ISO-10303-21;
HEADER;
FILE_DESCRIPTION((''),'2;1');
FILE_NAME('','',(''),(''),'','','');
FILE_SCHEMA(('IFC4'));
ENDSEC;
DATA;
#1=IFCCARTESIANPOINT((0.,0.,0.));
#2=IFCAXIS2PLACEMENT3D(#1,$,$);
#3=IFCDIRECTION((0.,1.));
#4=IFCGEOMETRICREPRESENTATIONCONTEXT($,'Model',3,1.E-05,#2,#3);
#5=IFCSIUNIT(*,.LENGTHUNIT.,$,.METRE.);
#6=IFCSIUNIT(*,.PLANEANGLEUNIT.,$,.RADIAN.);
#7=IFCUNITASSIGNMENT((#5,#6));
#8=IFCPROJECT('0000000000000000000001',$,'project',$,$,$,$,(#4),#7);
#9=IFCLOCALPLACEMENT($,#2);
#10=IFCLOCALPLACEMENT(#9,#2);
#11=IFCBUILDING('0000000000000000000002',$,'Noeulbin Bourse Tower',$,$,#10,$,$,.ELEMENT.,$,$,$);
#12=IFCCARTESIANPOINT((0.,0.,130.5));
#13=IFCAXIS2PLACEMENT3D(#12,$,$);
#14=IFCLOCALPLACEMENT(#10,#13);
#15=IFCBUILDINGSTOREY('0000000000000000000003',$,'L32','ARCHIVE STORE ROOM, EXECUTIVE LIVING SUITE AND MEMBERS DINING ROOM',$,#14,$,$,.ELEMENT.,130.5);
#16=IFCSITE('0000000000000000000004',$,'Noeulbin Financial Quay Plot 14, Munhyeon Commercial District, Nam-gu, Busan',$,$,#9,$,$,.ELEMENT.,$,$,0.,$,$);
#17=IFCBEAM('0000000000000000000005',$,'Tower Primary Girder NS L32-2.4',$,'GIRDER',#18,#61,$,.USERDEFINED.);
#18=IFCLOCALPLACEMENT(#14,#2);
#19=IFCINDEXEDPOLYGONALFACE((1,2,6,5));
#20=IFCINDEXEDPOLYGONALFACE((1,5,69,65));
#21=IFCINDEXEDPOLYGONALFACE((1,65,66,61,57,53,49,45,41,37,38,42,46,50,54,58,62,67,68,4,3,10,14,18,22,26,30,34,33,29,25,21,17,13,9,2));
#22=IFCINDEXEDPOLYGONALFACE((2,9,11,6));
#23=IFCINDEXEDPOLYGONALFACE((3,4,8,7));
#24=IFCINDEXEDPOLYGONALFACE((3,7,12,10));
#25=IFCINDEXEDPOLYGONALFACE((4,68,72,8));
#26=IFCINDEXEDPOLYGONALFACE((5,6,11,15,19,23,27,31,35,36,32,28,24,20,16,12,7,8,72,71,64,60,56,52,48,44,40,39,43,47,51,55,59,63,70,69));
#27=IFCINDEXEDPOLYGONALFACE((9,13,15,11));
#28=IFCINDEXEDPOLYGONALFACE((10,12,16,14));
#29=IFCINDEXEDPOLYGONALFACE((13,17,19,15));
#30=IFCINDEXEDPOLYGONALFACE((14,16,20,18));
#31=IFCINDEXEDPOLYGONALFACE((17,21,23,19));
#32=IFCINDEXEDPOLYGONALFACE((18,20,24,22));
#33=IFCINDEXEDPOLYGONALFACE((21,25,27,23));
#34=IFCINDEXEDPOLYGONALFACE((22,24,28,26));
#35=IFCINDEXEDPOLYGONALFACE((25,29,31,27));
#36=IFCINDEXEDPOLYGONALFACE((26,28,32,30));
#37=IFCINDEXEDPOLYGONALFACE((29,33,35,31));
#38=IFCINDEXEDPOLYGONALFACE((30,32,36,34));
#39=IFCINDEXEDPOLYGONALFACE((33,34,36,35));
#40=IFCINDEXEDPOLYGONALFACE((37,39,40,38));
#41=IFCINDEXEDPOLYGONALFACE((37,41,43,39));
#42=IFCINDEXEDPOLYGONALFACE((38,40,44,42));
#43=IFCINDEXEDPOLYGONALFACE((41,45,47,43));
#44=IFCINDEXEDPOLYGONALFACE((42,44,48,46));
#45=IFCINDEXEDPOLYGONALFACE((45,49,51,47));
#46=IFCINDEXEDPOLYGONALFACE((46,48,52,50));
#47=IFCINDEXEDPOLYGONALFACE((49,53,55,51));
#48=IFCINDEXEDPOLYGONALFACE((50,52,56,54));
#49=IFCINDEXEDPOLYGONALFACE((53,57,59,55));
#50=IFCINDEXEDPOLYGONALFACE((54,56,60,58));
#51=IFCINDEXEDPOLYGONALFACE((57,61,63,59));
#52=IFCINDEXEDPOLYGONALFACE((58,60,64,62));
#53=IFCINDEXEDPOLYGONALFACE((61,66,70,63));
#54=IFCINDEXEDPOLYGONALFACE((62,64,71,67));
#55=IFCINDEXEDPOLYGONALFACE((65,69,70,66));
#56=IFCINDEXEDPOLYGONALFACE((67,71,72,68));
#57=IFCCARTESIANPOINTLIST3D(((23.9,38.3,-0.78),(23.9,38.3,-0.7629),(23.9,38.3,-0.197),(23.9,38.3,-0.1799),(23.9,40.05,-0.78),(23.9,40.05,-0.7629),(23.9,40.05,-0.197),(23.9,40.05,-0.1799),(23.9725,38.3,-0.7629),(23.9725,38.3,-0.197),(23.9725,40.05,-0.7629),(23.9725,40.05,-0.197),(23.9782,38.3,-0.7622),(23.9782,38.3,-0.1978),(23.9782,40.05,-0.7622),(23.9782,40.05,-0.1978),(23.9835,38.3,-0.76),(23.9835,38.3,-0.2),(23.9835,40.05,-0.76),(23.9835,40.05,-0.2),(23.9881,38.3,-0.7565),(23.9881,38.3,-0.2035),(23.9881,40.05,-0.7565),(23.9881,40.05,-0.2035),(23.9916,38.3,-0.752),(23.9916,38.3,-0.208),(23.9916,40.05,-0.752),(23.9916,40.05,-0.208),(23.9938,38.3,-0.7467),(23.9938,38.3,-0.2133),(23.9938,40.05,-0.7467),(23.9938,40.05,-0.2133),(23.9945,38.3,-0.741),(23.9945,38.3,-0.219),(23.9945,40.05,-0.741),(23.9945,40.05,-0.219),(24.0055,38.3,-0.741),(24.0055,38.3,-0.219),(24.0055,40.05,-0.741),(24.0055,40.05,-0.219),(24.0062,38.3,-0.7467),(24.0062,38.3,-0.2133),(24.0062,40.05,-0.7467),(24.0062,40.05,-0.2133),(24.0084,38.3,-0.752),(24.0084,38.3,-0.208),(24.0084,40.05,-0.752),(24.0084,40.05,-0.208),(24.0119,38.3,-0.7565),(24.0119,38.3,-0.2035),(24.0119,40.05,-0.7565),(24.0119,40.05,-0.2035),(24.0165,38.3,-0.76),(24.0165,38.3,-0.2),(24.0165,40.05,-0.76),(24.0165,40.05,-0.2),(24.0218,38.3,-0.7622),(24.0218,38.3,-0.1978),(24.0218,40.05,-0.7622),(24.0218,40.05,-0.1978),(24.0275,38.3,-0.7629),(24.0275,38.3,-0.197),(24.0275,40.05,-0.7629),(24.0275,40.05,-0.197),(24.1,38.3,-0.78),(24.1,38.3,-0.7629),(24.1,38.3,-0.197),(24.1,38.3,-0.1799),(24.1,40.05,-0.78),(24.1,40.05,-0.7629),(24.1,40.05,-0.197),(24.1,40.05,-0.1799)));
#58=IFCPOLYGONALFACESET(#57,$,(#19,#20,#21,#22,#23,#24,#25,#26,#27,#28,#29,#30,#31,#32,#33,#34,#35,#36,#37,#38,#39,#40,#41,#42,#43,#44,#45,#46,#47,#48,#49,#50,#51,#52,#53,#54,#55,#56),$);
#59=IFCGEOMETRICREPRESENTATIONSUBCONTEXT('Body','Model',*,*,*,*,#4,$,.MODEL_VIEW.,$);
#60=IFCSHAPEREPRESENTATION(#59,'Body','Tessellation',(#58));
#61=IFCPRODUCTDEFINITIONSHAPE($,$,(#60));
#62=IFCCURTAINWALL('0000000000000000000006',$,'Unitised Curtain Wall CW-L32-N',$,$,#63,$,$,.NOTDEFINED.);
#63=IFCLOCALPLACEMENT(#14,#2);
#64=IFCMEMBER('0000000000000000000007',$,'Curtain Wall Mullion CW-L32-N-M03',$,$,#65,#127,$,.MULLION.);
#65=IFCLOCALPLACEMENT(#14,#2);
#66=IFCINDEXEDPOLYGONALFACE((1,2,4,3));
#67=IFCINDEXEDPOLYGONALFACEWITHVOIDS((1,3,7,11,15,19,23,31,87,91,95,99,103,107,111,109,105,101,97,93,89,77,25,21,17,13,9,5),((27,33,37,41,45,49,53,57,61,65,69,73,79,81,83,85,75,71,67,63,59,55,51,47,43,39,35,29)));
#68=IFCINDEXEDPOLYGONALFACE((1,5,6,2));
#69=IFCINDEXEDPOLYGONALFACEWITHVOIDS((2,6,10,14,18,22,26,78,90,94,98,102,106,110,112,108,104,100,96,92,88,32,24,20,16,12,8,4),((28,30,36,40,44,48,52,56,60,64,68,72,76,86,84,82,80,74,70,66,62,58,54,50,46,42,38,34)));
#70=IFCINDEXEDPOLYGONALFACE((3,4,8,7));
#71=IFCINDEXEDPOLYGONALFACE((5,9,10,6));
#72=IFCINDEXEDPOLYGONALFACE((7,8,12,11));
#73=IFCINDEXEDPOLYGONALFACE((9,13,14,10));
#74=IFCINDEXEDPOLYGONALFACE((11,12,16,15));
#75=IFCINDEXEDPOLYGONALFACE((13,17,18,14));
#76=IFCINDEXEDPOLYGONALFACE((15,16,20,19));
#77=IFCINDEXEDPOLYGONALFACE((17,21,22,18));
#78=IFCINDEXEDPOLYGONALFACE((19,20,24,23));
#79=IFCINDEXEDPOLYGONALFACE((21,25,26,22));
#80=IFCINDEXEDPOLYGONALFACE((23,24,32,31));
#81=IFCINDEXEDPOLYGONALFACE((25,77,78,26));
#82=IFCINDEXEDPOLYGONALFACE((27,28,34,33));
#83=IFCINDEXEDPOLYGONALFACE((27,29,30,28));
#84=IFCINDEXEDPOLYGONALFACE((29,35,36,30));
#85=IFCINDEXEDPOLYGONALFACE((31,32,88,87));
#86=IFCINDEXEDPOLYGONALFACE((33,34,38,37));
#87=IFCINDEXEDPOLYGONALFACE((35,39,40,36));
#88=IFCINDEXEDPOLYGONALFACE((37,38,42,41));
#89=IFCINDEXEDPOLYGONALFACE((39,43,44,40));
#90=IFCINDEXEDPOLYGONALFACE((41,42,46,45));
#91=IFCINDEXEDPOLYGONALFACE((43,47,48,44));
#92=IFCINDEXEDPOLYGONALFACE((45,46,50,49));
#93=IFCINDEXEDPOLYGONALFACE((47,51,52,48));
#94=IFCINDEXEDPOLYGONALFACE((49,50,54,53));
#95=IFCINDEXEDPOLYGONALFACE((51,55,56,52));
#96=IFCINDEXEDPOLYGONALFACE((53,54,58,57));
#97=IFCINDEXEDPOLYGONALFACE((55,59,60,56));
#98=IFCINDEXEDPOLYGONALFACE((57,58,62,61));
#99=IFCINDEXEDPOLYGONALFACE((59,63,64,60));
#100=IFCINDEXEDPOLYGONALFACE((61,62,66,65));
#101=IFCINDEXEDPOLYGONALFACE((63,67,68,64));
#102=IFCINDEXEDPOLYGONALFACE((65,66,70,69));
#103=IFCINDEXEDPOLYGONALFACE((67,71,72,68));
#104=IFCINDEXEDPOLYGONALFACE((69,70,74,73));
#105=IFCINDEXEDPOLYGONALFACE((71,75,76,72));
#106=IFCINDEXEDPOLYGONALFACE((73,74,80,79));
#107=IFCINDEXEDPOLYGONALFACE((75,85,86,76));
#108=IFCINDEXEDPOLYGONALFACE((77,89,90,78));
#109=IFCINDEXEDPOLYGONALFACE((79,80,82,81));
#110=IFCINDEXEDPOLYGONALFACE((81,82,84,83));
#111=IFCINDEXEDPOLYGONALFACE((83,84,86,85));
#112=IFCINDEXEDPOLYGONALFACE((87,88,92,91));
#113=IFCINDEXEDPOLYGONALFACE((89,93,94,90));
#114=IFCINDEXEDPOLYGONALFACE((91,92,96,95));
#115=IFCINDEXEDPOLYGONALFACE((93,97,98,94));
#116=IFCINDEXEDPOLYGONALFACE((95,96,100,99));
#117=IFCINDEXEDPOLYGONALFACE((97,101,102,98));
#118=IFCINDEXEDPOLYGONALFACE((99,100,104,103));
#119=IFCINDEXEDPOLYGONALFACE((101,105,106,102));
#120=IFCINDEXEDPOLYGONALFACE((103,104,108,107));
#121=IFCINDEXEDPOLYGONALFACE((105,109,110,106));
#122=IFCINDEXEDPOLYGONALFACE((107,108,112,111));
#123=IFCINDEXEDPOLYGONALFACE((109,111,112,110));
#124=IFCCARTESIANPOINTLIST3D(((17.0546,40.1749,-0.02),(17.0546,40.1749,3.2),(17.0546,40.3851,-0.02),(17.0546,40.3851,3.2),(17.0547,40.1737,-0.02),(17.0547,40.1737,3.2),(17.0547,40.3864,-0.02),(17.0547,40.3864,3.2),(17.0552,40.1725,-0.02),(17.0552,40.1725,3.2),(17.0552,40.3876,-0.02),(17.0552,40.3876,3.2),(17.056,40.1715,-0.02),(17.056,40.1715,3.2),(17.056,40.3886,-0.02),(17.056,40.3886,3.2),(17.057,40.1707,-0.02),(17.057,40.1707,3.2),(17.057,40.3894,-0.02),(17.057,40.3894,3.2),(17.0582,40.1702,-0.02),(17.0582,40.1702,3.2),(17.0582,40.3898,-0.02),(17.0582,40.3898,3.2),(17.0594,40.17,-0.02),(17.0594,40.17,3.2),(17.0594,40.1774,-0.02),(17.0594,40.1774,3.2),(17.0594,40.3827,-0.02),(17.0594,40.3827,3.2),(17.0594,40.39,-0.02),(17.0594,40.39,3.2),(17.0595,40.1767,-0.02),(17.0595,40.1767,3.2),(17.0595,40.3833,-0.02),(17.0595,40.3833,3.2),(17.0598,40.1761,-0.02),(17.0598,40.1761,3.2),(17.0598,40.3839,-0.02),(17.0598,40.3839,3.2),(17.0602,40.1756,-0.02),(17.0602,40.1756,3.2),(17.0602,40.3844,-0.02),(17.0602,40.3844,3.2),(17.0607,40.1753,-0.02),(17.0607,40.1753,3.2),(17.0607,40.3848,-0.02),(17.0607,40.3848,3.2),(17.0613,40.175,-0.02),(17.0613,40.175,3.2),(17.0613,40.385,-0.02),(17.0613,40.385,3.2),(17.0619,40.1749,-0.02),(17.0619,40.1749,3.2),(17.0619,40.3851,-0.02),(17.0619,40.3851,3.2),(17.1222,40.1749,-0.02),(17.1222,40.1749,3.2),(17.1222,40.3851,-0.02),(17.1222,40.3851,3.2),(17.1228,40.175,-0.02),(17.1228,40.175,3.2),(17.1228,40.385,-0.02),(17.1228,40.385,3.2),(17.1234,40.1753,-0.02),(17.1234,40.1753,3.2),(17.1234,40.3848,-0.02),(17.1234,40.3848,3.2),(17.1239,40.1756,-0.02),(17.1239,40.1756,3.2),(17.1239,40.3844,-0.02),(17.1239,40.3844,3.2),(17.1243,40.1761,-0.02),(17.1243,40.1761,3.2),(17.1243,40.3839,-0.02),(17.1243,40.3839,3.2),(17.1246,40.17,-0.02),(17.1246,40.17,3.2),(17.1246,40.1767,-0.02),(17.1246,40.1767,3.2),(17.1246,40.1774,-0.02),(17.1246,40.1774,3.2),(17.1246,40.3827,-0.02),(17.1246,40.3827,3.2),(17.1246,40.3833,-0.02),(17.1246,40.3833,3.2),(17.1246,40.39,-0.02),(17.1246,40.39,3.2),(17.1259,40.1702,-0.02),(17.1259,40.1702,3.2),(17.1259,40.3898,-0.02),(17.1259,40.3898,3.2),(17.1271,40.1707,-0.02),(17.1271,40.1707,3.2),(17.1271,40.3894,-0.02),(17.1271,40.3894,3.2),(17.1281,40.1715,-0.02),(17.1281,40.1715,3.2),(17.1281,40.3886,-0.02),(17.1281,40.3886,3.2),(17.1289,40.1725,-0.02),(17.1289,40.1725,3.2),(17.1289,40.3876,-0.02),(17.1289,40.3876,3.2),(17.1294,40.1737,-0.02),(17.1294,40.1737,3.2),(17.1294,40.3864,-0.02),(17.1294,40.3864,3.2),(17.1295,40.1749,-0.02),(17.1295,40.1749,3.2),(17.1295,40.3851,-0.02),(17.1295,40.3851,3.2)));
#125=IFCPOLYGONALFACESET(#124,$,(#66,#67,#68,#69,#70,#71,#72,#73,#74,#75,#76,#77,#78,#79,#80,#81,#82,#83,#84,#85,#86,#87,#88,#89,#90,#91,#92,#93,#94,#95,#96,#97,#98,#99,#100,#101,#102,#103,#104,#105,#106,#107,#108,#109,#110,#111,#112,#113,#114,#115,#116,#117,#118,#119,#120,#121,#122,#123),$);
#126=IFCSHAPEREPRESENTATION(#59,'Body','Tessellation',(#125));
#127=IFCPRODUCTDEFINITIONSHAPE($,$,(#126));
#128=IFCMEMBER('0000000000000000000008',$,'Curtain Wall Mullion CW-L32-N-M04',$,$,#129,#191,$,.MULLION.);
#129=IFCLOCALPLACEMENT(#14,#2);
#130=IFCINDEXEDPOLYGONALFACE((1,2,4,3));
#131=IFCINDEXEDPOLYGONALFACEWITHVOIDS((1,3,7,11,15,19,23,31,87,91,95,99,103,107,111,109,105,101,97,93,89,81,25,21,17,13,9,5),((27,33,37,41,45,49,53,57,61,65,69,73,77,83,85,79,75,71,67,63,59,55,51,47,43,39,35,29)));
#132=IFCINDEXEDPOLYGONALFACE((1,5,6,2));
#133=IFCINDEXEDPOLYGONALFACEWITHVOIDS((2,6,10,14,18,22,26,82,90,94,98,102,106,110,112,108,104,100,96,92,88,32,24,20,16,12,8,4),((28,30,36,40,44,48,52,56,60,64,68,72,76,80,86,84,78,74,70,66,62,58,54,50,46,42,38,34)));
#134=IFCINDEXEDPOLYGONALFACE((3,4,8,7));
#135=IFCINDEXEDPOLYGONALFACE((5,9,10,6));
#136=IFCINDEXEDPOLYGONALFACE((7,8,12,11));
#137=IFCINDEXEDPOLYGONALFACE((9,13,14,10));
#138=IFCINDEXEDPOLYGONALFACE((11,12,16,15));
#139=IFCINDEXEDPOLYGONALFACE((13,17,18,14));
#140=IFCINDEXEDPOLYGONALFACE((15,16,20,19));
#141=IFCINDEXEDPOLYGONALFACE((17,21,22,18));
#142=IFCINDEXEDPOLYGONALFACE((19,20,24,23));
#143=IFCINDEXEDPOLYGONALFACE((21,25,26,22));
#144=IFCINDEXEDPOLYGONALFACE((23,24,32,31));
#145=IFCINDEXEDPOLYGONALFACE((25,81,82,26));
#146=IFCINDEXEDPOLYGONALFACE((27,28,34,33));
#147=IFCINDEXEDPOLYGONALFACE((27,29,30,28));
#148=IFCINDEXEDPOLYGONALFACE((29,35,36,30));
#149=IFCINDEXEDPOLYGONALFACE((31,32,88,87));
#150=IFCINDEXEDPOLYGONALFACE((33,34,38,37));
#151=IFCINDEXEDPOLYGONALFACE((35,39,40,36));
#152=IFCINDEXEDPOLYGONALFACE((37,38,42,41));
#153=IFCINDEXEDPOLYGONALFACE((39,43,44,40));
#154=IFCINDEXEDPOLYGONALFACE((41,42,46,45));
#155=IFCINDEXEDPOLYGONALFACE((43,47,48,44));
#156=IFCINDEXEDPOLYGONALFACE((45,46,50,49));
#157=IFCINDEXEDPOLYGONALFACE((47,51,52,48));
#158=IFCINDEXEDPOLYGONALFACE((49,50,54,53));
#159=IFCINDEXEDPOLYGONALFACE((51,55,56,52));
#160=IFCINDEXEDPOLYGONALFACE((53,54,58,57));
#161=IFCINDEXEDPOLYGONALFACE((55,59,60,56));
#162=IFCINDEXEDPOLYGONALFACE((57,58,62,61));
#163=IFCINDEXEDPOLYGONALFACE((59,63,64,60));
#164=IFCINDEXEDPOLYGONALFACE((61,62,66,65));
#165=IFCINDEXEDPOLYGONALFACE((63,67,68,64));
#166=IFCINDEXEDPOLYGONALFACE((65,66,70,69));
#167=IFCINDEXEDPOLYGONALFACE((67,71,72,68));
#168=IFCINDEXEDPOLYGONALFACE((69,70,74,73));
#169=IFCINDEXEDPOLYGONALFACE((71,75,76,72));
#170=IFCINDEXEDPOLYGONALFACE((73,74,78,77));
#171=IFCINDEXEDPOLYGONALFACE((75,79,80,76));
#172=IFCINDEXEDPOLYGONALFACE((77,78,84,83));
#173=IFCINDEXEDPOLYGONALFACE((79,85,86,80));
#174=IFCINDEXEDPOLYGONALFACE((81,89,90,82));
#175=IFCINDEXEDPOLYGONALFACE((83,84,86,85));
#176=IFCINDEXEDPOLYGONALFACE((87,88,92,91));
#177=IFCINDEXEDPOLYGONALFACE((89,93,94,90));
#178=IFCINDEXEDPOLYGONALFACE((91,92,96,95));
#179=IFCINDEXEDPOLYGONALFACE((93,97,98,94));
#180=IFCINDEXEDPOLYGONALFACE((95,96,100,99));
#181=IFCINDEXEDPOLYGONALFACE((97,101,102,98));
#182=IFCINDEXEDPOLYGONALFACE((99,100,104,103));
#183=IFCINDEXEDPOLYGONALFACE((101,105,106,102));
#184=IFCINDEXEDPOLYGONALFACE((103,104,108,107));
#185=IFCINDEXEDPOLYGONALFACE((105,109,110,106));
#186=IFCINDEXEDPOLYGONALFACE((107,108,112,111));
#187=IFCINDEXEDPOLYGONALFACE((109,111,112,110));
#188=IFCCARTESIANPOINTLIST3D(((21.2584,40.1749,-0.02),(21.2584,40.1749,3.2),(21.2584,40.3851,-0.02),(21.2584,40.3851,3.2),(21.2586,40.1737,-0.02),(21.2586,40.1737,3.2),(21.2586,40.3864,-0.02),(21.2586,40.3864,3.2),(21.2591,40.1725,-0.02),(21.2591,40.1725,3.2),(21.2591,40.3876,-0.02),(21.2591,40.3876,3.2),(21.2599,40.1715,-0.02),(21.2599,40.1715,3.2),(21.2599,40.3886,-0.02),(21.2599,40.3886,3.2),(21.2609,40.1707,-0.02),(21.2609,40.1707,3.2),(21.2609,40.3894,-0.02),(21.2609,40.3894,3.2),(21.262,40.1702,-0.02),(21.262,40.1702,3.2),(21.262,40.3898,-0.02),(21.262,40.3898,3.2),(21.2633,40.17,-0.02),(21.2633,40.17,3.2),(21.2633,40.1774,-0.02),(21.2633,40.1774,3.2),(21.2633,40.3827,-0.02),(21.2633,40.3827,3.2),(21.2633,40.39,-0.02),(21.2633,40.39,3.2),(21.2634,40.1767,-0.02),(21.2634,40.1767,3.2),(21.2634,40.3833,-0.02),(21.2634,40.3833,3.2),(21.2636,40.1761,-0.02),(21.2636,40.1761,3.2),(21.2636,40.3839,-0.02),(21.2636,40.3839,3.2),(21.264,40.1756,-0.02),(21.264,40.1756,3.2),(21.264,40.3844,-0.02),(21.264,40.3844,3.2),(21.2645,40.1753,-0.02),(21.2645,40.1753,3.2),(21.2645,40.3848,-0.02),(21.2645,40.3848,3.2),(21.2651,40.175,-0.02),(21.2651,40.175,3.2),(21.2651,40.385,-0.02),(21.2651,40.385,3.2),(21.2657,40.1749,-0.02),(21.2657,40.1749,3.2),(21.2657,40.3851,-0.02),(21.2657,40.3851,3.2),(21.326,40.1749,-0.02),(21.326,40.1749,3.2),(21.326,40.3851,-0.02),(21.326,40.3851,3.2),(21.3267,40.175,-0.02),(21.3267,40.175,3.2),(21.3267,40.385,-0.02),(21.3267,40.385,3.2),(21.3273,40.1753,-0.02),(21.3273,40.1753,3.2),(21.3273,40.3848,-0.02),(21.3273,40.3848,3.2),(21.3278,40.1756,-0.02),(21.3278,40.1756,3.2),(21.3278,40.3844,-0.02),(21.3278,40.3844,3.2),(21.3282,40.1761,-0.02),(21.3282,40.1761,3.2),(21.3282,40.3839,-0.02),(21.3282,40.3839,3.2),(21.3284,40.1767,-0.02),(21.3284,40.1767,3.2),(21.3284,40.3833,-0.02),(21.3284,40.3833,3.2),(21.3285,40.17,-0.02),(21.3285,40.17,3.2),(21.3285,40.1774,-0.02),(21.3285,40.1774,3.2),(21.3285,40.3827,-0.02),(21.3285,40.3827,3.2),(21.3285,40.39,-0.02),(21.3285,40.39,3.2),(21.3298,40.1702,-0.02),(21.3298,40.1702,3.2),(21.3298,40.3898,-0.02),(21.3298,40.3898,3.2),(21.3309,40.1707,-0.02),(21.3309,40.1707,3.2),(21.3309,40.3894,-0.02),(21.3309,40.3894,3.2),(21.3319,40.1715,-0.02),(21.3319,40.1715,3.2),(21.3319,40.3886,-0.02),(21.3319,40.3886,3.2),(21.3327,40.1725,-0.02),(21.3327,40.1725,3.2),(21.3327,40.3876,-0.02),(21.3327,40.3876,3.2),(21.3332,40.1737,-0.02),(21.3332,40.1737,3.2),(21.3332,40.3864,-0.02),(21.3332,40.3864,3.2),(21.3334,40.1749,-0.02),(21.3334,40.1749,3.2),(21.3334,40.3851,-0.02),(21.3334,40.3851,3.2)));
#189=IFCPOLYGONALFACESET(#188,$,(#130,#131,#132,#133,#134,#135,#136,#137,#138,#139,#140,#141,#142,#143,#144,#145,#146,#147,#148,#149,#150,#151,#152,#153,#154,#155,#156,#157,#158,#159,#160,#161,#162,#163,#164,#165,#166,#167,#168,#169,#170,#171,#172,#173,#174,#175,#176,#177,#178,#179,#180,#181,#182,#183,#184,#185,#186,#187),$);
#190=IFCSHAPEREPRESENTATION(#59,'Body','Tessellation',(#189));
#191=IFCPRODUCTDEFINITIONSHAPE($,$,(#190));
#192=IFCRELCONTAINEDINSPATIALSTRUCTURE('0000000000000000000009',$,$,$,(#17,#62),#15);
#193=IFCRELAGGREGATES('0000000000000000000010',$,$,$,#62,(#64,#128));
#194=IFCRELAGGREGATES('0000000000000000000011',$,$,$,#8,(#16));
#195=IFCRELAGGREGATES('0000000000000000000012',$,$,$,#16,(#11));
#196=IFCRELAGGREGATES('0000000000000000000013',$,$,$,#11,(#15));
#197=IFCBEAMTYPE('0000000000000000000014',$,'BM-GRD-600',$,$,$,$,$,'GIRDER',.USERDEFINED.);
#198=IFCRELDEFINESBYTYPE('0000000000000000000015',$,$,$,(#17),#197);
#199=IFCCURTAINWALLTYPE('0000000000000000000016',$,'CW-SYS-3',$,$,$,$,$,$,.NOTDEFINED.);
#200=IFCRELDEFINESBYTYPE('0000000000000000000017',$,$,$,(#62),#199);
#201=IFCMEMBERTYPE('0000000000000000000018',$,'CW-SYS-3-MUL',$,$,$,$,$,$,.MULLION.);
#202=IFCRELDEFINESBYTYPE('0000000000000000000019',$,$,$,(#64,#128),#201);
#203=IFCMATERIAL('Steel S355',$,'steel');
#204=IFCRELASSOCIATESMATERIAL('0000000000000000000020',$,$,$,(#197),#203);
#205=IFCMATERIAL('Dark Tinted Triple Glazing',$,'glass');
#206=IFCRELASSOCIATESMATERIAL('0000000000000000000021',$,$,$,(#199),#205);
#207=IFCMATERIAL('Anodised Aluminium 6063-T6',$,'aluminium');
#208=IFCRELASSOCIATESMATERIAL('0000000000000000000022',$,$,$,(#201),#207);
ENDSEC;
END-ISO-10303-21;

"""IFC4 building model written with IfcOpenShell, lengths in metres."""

from ifc_helpers import new_model, si_unit, direction, frame, origin, origin_2d, place, context, subcontext, project, spatial, hollow_rectangle, i_section, extrude, material, material_profile, profile_set, type_object, element, aggregate, save


model = new_model("IFC4")

# Units and contexts
model_context = context("Model", 3, precision=1e-05, world=origin(), true_north=direction((0.0, 1.0)))
body_context = subcontext(model_context, "Body", "Model", "MODEL_VIEW")
ifc_project = project(units=[si_unit("LENGTHUNIT", "METRE"), si_unit("PLANEANGLEUNIT", "RADIAN")], contexts=[model_context])

# Site, building, storey
site_placement = place(None, origin())
site = spatial("IfcSite", under=ifc_project, at=site_placement, Name="Noeulbin Financial Quay Plot 14, Munhyeon Commercial District, Nam-gu, Busan", CompositionType="ELEMENT", RefElevation=0.0)
building_placement = place(site_placement, origin())
building = spatial("IfcBuilding", under=site, at=building_placement, Name="Noeulbin Bourse Tower", CompositionType="ELEMENT")
storey_placement = place(building_placement, frame((0.0, 0.0, 130.5)))
storey = spatial("IfcBuildingStorey", under=building, at=storey_placement, Name="L32", Description="ARCHIVE STORE ROOM, EXECUTIVE LIVING SUITE AND MEMBERS DINING ROOM", CompositionType="ELEMENT", Elevation=130.5)

# Beam
ifc_material_1 = material(Name="Steel S355", Category="steel")
ifc_material_profile_1 = material_profile(ifc_material_1, i_section(OverallWidth=0.2, OverallDepth=0.6001, WebThickness=0.011, FlangeThickness=0.0171, FilletRadius=0.022, at=origin_2d()), Name="H-600x200x11x17", Category="LoadBearing")
ifc_profile_set_1 = profile_set([ifc_material_profile_1], Name="Steel S355")
beam_type = type_object("IfcBeamType", Name="BM-GRD-600", ElementType="GIRDER", PredefinedType="USERDEFINED", material=ifc_profile_set_1)
for number, where, z_axis, x_axis, name in (
    (1, (24.0, 38.3, -0.48), (0.0, 1.0, 0.0), (-1.0, 0.0, 0.0), "Tower Primary Girder NS L32-2.4"),
):
    element("IfcBeam", number, at=place(storey_placement, frame(where, z_axis=z_axis, x_axis=x_axis)), inside=storey, type_object=beam_type, Name=name, ObjectType="GIRDER", PredefinedType="USERDEFINED", context=body_context, shape_type="SweptSolid", body=[
        extrude(i_section(OverallWidth=0.2, OverallDepth=0.6001, WebThickness=0.011, FlangeThickness=0.0171, FilletRadius=0.022, at=origin_2d()), origin(), (0.0, 0.0, 1.0), 1.75),
    ])

# Curtain wall, members
ifc_material_2 = material(Name="Dark Tinted Triple Glazing", Category="glass")
curtain_wall_type = type_object("IfcCurtainWallType", Name="CW-SYS-3", PredefinedType="NOTDEFINED", material=ifc_material_2)
curtain_wall_placement = place(storey_placement, origin())
curtain_wall = element("IfcCurtainWall", 2, at=curtain_wall_placement, inside=storey, type_object=curtain_wall_type, Name="Unitised Curtain Wall CW-L32-N", PredefinedType="NOTDEFINED")
ifc_material_3 = material(Name="Anodised Aluminium 6063-T6", Category="aluminium")
ifc_material_profile_2 = material_profile(ifc_material_3, hollow_rectangle(XDim=0.075, YDim=0.22, WallThickness=0.0049, InnerFilletRadius=0.0024, OuterFilletRadius=0.0049, at=origin_2d()), Name="ALU-MULL-75x220x5", Category="LoadBearing")
ifc_profile_set_2 = profile_set([ifc_material_profile_2], Name="Anodised Aluminium 6063-T6")
member_type = type_object("IfcMemberType", Name="CW-SYS-3-MUL", PredefinedType="MULLION", material=ifc_profile_set_2)
member_1_placement = place(storey_placement, frame((17.092, 40.28, -0.02), z_axis=(0.0, 0.0, 1.0), x_axis=(1.0, 0.0, 0.0)))
member_1 = element("IfcMember", 3, at=member_1_placement, type_object=member_type, Name="Curtain Wall Mullion CW-L32-N-M03", PredefinedType="MULLION", context=body_context, shape_type="SweptSolid", body=[
    extrude(hollow_rectangle(XDim=0.075, YDim=0.22, WallThickness=0.0049, InnerFilletRadius=0.0024, OuterFilletRadius=0.0049, at=origin_2d()), origin(), (0.0, 0.0, 1.0), 3.22),
])
member_2_placement = place(storey_placement, frame((21.2959, 40.28, -0.02), z_axis=(0.0, 0.0, 1.0), x_axis=(1.0, 0.0, 0.0)))
member_2 = element("IfcMember", 4, at=member_2_placement, type_object=member_type, Name="Curtain Wall Mullion CW-L32-N-M04", PredefinedType="MULLION", context=body_context, shape_type="SweptSolid", body=[
    extrude(hollow_rectangle(XDim=0.075, YDim=0.22, WallThickness=0.0049, InnerFilletRadius=0.0024, OuterFilletRadius=0.0049, at=origin_2d()), origin(), (0.0, 0.0, 1.0), 3.22),
])
aggregate(curtain_wall, [member_1, member_2])

save(model, "model.ifc")
